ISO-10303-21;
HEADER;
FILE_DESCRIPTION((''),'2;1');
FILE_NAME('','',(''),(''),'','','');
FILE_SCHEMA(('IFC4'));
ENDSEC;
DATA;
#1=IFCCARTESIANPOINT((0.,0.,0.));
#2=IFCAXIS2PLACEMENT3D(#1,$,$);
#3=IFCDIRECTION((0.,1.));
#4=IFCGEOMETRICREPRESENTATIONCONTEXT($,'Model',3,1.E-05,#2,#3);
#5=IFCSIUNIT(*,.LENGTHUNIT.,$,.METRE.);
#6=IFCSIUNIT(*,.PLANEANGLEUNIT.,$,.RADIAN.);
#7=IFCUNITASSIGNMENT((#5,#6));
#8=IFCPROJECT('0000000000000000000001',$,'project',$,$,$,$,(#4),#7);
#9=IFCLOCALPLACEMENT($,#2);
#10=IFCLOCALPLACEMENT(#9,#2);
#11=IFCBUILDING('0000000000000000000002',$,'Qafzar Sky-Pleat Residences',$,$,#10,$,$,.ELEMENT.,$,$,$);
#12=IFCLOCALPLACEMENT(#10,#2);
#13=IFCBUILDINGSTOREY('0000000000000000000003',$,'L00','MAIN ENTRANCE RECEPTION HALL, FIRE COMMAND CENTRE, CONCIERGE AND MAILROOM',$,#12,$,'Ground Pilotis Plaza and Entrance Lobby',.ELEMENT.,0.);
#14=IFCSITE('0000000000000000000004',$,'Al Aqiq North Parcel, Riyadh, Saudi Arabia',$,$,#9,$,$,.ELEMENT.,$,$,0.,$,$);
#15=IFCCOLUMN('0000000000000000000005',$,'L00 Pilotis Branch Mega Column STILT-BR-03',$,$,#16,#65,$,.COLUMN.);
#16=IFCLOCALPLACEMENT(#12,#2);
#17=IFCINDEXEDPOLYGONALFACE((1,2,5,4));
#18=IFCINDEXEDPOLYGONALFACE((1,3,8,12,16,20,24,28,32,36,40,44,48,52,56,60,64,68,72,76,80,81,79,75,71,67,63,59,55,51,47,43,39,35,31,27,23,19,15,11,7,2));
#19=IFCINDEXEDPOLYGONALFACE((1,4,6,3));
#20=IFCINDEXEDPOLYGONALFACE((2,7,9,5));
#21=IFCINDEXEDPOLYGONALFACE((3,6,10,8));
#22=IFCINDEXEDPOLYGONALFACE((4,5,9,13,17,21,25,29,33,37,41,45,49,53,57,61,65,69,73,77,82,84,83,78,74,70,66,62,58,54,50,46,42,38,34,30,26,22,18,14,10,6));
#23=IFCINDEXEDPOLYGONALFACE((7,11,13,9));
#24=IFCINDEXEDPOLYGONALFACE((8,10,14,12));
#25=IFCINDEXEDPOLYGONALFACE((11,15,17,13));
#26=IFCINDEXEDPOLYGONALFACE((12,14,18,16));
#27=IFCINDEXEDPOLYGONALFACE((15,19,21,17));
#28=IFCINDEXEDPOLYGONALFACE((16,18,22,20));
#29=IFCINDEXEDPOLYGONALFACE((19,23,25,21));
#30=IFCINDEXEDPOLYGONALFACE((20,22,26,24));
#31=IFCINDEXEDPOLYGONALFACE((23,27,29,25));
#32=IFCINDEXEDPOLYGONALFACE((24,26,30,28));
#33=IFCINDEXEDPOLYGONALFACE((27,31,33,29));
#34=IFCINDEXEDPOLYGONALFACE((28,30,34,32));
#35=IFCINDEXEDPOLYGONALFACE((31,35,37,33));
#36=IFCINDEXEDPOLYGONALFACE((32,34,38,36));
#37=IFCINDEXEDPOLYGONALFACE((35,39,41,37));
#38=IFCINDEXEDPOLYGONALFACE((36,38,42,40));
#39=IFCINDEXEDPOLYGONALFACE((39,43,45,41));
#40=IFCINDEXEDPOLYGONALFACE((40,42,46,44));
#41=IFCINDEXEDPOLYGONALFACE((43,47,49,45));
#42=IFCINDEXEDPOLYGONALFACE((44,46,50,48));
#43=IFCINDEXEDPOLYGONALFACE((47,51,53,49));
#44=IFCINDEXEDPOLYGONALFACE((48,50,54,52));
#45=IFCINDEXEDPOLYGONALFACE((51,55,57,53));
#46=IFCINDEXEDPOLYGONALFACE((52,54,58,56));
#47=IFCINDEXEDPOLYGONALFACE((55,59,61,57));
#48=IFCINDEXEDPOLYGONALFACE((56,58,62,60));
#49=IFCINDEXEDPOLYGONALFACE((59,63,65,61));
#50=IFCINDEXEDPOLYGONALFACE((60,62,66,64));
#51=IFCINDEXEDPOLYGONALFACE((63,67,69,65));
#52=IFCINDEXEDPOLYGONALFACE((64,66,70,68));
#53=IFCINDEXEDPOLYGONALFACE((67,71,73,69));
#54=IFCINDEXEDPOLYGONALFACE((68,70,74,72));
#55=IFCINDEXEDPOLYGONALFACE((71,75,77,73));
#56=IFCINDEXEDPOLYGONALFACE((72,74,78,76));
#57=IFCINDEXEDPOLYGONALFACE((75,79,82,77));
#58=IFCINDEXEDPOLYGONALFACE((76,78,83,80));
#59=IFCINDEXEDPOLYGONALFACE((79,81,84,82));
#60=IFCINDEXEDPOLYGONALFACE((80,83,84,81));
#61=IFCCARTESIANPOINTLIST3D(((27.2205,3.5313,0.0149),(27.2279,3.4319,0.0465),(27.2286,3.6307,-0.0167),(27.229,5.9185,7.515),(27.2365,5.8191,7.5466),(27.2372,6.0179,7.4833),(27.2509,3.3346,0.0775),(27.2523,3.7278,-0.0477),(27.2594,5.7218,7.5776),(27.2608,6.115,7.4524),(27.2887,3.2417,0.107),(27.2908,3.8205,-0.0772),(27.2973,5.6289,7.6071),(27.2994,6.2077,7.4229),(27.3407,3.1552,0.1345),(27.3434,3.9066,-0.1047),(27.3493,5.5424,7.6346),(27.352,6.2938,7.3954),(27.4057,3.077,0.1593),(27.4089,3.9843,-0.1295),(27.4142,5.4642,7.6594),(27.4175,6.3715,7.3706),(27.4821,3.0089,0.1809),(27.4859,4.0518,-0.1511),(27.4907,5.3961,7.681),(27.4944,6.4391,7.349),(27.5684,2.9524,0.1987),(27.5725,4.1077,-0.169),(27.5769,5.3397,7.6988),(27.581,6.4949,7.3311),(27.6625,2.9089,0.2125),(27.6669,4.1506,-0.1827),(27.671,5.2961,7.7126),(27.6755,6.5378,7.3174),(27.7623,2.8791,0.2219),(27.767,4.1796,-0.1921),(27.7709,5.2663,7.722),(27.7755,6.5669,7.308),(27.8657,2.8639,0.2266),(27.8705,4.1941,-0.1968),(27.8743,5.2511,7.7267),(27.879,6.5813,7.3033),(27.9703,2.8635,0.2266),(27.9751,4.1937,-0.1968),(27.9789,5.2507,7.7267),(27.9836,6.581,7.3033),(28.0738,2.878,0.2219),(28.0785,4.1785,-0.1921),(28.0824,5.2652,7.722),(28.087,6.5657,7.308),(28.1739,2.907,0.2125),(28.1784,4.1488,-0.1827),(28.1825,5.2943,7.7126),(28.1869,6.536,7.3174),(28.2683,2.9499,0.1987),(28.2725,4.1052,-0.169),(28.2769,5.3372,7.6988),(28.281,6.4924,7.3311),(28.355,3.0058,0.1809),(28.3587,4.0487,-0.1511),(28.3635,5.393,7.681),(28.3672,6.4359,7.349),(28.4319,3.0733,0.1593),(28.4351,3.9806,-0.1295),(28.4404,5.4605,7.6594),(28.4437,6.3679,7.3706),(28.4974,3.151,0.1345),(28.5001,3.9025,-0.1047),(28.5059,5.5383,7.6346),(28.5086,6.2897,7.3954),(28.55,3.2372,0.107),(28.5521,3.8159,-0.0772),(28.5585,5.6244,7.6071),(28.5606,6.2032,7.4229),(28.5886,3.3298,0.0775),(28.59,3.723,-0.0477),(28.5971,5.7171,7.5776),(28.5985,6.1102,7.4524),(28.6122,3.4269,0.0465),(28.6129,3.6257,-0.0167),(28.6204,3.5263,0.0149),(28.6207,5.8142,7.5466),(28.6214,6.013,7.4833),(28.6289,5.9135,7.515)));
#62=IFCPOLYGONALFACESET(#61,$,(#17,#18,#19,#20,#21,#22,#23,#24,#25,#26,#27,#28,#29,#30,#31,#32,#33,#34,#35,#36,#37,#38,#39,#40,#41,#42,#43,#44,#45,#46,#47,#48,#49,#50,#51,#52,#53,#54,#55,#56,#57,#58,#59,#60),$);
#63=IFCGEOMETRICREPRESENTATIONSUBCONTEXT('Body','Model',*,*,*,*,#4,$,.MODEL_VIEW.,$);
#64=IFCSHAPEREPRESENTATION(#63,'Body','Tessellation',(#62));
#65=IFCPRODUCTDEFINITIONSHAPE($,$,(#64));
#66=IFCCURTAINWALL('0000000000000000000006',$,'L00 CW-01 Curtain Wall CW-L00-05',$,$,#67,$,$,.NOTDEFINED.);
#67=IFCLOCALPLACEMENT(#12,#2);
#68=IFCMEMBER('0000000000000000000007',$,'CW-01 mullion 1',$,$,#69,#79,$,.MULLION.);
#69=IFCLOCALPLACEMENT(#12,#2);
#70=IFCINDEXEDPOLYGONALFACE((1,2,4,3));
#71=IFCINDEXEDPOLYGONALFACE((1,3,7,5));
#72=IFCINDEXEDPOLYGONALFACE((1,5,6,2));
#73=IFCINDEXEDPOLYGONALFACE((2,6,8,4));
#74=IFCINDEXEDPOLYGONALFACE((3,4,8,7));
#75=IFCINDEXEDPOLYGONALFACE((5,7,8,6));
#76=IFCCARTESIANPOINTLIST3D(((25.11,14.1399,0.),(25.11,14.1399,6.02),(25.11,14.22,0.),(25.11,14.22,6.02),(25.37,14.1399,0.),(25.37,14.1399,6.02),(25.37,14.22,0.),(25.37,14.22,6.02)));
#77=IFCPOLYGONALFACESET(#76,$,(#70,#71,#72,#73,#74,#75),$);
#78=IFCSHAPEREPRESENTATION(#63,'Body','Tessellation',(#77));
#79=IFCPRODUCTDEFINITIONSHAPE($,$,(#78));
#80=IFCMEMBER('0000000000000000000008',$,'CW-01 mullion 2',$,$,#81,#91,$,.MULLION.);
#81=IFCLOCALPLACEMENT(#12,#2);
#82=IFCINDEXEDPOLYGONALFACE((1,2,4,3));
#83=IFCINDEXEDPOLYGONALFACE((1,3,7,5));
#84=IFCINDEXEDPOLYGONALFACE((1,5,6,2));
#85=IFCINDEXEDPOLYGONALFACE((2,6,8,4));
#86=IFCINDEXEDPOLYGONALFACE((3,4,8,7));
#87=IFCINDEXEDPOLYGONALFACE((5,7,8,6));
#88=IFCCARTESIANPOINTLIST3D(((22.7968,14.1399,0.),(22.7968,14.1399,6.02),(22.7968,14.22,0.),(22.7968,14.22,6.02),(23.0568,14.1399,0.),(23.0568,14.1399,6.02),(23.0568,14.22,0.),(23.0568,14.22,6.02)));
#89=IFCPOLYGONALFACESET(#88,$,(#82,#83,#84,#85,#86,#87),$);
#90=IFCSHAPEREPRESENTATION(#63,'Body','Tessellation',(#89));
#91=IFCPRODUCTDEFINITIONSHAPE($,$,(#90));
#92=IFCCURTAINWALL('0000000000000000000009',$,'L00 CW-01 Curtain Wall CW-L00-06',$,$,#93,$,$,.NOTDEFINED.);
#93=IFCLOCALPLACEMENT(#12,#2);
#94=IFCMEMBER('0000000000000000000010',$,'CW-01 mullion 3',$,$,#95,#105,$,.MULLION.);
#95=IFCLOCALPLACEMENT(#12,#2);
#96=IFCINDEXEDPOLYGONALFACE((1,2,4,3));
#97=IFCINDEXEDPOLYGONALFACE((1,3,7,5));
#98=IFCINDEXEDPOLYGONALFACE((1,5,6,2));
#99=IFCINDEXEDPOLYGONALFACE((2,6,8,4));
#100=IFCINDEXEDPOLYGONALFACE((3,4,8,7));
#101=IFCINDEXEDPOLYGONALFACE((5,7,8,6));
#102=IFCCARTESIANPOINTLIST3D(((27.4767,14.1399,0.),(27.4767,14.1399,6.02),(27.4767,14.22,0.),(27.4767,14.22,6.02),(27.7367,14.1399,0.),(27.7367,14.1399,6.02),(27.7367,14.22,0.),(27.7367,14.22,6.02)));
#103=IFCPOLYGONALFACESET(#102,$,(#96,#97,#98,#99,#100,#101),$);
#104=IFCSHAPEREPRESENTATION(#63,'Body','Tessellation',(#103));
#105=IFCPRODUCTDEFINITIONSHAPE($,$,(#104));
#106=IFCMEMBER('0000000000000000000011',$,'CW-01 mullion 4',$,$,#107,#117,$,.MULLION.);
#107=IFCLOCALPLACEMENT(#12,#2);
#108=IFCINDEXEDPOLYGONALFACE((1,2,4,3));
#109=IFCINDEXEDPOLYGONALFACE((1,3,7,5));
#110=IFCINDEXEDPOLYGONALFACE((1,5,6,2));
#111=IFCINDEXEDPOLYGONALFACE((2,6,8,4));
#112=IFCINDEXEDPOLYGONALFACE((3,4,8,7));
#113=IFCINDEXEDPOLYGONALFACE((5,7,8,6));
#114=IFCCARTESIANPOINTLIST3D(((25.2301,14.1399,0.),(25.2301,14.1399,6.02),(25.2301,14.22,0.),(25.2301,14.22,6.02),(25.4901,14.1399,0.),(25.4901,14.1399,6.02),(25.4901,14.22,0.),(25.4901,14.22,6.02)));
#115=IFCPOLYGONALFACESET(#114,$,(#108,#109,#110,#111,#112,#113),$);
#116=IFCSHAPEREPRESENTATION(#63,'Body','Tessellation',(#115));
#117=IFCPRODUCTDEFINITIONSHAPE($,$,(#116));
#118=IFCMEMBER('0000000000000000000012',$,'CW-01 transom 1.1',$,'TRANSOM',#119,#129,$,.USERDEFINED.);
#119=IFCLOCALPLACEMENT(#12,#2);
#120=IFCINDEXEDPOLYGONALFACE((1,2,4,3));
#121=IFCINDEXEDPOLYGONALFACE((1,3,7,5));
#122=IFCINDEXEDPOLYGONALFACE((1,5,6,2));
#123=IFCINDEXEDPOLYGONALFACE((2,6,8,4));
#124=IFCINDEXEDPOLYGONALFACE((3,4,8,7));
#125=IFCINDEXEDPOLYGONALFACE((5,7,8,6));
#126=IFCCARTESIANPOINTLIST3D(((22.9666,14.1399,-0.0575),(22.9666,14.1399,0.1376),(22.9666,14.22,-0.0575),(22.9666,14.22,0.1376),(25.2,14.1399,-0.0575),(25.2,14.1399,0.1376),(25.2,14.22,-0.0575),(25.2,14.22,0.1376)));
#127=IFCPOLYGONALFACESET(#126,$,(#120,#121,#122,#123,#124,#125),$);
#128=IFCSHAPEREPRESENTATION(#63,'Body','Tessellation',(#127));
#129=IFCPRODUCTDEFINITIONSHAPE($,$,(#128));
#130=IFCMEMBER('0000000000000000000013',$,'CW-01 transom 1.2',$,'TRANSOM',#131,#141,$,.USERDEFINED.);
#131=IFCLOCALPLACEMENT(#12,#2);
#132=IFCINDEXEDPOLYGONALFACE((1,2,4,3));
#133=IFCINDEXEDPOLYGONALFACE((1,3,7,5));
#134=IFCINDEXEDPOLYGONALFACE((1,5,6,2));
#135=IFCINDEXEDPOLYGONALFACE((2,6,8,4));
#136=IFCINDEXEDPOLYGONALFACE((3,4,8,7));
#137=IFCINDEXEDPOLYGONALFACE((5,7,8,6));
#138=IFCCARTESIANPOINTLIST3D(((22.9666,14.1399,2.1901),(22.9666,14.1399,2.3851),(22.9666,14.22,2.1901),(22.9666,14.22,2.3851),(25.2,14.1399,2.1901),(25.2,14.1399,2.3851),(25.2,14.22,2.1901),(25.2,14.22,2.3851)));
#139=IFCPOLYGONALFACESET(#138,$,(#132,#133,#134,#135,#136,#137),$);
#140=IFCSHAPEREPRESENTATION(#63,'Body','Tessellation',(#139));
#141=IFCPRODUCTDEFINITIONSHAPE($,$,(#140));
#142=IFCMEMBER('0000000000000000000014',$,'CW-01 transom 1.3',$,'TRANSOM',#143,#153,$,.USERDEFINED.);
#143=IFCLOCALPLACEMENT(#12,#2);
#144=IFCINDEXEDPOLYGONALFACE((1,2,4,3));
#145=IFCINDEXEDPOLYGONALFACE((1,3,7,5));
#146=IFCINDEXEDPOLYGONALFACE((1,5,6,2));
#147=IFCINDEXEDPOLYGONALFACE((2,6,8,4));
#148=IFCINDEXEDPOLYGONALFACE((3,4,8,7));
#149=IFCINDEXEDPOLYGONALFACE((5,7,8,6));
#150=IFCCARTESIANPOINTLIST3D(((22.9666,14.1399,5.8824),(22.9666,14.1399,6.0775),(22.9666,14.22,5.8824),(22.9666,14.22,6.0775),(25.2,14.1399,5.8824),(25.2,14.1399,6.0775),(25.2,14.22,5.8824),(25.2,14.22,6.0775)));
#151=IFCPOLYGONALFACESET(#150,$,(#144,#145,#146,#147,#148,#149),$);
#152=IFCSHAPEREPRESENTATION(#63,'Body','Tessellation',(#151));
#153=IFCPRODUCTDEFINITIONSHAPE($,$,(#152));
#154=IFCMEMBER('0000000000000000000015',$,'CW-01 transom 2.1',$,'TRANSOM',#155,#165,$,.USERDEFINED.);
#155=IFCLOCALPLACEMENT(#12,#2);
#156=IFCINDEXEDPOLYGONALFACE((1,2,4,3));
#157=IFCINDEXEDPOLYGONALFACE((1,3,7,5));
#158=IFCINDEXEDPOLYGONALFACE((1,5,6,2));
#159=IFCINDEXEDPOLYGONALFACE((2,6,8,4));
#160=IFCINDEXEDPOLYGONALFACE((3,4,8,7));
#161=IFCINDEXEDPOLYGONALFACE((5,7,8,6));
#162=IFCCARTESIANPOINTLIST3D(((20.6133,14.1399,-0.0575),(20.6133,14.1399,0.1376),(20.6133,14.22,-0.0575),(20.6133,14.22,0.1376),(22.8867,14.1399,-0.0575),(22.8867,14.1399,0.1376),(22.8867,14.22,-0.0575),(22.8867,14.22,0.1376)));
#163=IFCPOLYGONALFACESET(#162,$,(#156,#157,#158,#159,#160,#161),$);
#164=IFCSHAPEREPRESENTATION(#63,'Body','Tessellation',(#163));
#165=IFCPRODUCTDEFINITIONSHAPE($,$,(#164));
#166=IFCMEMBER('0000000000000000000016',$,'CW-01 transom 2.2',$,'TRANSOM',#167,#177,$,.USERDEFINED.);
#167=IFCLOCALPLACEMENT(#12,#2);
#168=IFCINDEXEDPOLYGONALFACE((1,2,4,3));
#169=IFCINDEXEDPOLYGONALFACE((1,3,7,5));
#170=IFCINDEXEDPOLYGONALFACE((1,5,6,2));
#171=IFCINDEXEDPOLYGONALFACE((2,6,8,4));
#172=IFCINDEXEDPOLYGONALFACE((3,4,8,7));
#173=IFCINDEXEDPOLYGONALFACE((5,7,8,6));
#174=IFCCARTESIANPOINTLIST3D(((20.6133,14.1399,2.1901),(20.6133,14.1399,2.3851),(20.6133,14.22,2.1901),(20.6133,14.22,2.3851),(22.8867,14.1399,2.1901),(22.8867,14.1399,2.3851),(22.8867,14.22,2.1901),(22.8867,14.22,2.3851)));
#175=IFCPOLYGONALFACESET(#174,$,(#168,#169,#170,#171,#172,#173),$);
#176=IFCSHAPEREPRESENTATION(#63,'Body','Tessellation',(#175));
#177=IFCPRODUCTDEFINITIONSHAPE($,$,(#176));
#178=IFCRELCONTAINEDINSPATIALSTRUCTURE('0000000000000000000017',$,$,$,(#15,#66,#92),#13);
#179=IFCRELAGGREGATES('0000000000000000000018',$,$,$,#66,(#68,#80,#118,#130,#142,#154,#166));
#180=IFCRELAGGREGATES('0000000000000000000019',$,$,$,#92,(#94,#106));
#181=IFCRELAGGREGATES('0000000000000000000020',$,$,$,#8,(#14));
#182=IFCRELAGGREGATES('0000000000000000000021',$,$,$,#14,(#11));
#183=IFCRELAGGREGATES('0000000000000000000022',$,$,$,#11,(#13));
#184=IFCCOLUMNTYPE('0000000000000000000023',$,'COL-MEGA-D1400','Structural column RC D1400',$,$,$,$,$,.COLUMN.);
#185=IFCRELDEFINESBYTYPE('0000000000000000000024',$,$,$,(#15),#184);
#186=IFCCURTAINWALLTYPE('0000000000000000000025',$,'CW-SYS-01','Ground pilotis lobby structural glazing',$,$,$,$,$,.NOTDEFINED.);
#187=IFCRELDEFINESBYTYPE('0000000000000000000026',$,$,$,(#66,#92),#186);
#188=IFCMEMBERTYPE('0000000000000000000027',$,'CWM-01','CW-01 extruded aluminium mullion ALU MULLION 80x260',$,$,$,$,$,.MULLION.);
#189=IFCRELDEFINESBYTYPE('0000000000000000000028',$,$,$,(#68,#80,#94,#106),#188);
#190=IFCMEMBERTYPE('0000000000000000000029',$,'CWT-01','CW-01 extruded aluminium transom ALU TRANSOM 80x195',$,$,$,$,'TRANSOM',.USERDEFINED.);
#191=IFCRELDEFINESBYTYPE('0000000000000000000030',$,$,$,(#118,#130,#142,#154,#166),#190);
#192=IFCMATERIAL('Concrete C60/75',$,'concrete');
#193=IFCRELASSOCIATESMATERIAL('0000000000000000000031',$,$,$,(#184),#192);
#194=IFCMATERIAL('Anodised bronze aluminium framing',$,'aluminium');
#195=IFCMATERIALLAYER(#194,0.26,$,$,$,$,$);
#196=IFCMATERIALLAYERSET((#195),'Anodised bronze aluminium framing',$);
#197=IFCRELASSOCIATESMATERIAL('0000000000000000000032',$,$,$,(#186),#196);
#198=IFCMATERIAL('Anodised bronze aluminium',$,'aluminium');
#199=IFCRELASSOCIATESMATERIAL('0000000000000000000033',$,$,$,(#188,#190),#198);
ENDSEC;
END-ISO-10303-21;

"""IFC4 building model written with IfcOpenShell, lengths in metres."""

from ifc_helpers import new_model, si_unit, direction, frame, origin, origin_2d, place, context, subcontext, project, spatial, rectangle, circle, extrude, source, transform, mapped, material, layer, layer_set, material_profile, profile_set, type_object, element, aggregate, save


model = new_model("IFC4")

# Units and contexts
model_context = context("Model", 3, precision=1e-05, world=origin(), true_north=direction((0.0, 1.0)))
body_context = subcontext(model_context, "Body", "Model", "MODEL_VIEW")
ifc_project = project(units=[si_unit("LENGTHUNIT", "METRE"), si_unit("PLANEANGLEUNIT", "RADIAN")], contexts=[model_context])

# Site, building, storey
site_placement = place(None, origin())
site = spatial("IfcSite", under=ifc_project, at=site_placement, Name="Al Aqiq North Parcel, Riyadh, Saudi Arabia", CompositionType="ELEMENT", RefElevation=0.0)
building_placement = place(site_placement, origin())
building = spatial("IfcBuilding", under=site, at=building_placement, Name="Qafzar Sky-Pleat Residences", CompositionType="ELEMENT")
storey_placement = place(building_placement, origin())
storey = spatial("IfcBuildingStorey", under=building, at=storey_placement, Name="L00", Description="MAIN ENTRANCE RECEPTION HALL, FIRE COMMAND CENTRE, CONCIERGE AND MAILROOM", LongName="Ground Pilotis Plaza and Entrance Lobby", CompositionType="ELEMENT", Elevation=0.0)

# Column
ifc_material_1 = material(Name="Concrete C60/75", Category="concrete")
ifc_material_profile_1 = material_profile(ifc_material_1, circle(Radius=0.7, at=origin_2d()), Name="RC D1400")
ifc_profile_set_1 = profile_set([ifc_material_profile_1], Name="Concrete C60/75")
column_type = type_object("IfcColumnType", Name="COL-MEGA-D1400", Description="Structural column RC D1400", PredefinedType="COLUMN", material=ifc_profile_set_1)
shared_shape_1 = source(origin(), body_context, "Body", "SweptSolid", [
    extrude(circle(Radius=0.7, at=origin_2d()), origin(), (0.0, 0.0, 1.0), 7.8708),
])
column_placement = place(storey_placement, frame((27.9204, 3.5288, 0.0149), z_axis=(0.001086, 0.303301, 0.952894), x_axis=(-0.999994, 0.003579, 0.0)))
element("IfcColumn", 1, at=column_placement, inside=storey, type_object=column_type, Name="L00 Pilotis Branch Mega Column STILT-BR-03", PredefinedType="COLUMN", context=body_context, shape_type="MappedRepresentation", body=[
    mapped(shared_shape_1, transform((0.0, 0.0, 0.0), x_axis=(1.0, 0.0, 0.0), y_axis=(0.0, 1.0, 0.0), z_axis=(0.0, 0.0, 1.0), scale=1.0)),
])

# Curtain walls, members
ifc_material_2 = material(Name="Anodised bronze aluminium framing", Category="aluminium")
ifc_layer_1 = layer(ifc_material_2, 0.26)
ifc_layer_set_1 = layer_set([ifc_layer_1], Name="Anodised bronze aluminium framing")
curtain_wall_type = type_object("IfcCurtainWallType", Name="CW-SYS-01", Description="Ground pilotis lobby structural glazing", PredefinedType="NOTDEFINED", material=ifc_layer_set_1)
curtain_wall_1_placement = place(storey_placement, origin())
curtain_wall_1 = element("IfcCurtainWall", 2, at=curtain_wall_1_placement, inside=storey, type_object=curtain_wall_type, Name="L00 CW-01 Curtain Wall CW-L00-05", PredefinedType="NOTDEFINED")
ifc_material_3 = material(Name="Anodised bronze aluminium", Category="aluminium")
ifc_material_profile_2 = material_profile(ifc_material_3, rectangle(XDim=0.0801, YDim=0.26, at=origin_2d()), Name="ALU MULLION 80x260")
ifc_profile_set_2 = profile_set([ifc_material_profile_2], Name="Anodised bronze aluminium")
member_type_1 = type_object("IfcMemberType", Name="CWM-01", Description="CW-01 extruded aluminium mullion ALU MULLION 80x260", PredefinedType="MULLION", material=ifc_profile_set_2)
shared_shape_2 = source(origin(), body_context, "Body", "SweptSolid", [
    extrude(rectangle(XDim=0.0801, YDim=0.26, at=origin_2d()), origin(), (0.0, 0.0, 1.0), 6.02),
])
member_1_placement = place(storey_placement, frame((25.24, 14.1799, 0.0), z_axis=(0.0, 0.0, 1.0), x_axis=(0.0, -1.0, 0.0)))
member_1 = element("IfcMember", 3, at=member_1_placement, type_object=member_type_1, Name="CW-01 mullion 1", PredefinedType="MULLION", context=body_context, shape_type="MappedRepresentation", body=[
    mapped(shared_shape_2, transform((0.0, 0.0, 0.0), x_axis=(1.0, 0.0, 0.0), y_axis=(0.0, 1.0, 0.0), z_axis=(0.0, 0.0, 1.0), scale=1.0)),
])
member_2_placement = place(storey_placement, frame((22.9268, 14.1799, 0.0), z_axis=(0.0, 0.0, 1.0), x_axis=(0.0, -1.0, 0.0)))
member_2 = element("IfcMember", 4, at=member_2_placement, type_object=member_type_1, Name="CW-01 mullion 2", PredefinedType="MULLION", context=body_context, shape_type="MappedRepresentation", body=[
    mapped(shared_shape_2, transform((0.0, 0.0, 0.0), x_axis=(1.0, 0.0, 0.0), y_axis=(0.0, 1.0, 0.0), z_axis=(0.0, 0.0, 1.0), scale=1.0)),
])
curtain_wall_2_placement = place(storey_placement, origin())
curtain_wall_2 = element("IfcCurtainWall", 5, at=curtain_wall_2_placement, inside=storey, type_object=curtain_wall_type, Name="L00 CW-01 Curtain Wall CW-L00-06", PredefinedType="NOTDEFINED")
member_3_placement = place(storey_placement, frame((27.6067, 14.1799, 0.0), z_axis=(0.0, 0.0, 1.0), x_axis=(0.0, -1.0, 0.0)))
member_3 = element("IfcMember", 6, at=member_3_placement, type_object=member_type_1, Name="CW-01 mullion 3", PredefinedType="MULLION", context=body_context, shape_type="MappedRepresentation", body=[
    mapped(shared_shape_2, transform((0.0, 0.0, 0.0), x_axis=(1.0, 0.0, 0.0), y_axis=(0.0, 1.0, 0.0), z_axis=(0.0, 0.0, 1.0), scale=1.0)),
])
member_4_placement = place(storey_placement, frame((25.3601, 14.1799, 0.0), z_axis=(0.0, 0.0, 1.0), x_axis=(0.0, -1.0, 0.0)))
member_4 = element("IfcMember", 7, at=member_4_placement, type_object=member_type_1, Name="CW-01 mullion 4", PredefinedType="MULLION", context=body_context, shape_type="MappedRepresentation", body=[
    mapped(shared_shape_2, transform((0.0, 0.0, 0.0), x_axis=(1.0, 0.0, 0.0), y_axis=(0.0, 1.0, 0.0), z_axis=(0.0, 0.0, 1.0), scale=1.0)),
])

# Members
ifc_material_profile_3 = material_profile(ifc_material_3, rectangle(XDim=0.0801, YDim=0.1951, at=origin_2d()), Name="ALU TRANSOM 80x195")
ifc_profile_set_3 = profile_set([ifc_material_profile_3], Name="Anodised bronze aluminium")
member_type_2 = type_object("IfcMemberType", Name="CWT-01", Description="CW-01 extruded aluminium transom ALU TRANSOM 80x195", ElementType="TRANSOM", PredefinedType="USERDEFINED", material=ifc_profile_set_3)
shared_shape_3 = source(origin(), body_context, "Body", "SweptSolid", [
    extrude(rectangle(XDim=0.0801, YDim=0.1951, at=origin_2d()), origin(), (0.0, 0.0, 1.0), 2.2334),
])
member_5_placement = place(storey_placement, frame((25.2, 14.1799, 0.04), z_axis=(-1.0, 0.0, 0.0), x_axis=(0.0, -1.0, 0.0)))
member_5 = element("IfcMember", 8, at=member_5_placement, type_object=member_type_2, Name="CW-01 transom 1.1", ObjectType="TRANSOM", PredefinedType="USERDEFINED", context=body_context, shape_type="MappedRepresentation", body=[
    mapped(shared_shape_3, transform((0.0, 0.0, 0.0), x_axis=(1.0, 0.0, 0.0), y_axis=(0.0, 1.0, 0.0), z_axis=(0.0, 0.0, 1.0), scale=1.0)),
])
member_6_placement = place(storey_placement, frame((25.2, 14.1799, 2.2876), z_axis=(-1.0, 0.0, 0.0), x_axis=(0.0, -1.0, 0.0)))
member_6 = element("IfcMember", 9, at=member_6_placement, type_object=member_type_2, Name="CW-01 transom 1.2", ObjectType="TRANSOM", PredefinedType="USERDEFINED", context=body_context, shape_type="MappedRepresentation", body=[
    mapped(shared_shape_3, transform((0.0, 0.0, 0.0), x_axis=(1.0, 0.0, 0.0), y_axis=(0.0, 1.0, 0.0), z_axis=(0.0, 0.0, 1.0), scale=1.0)),
])
member_7_placement = place(storey_placement, frame((25.2, 14.1799, 5.98), z_axis=(-1.0, 0.0, 0.0), x_axis=(0.0, -1.0, 0.0)))
member_7 = element("IfcMember", 10, at=member_7_placement, type_object=member_type_2, Name="CW-01 transom 1.3", ObjectType="TRANSOM", PredefinedType="USERDEFINED", context=body_context, shape_type="MappedRepresentation", body=[
    mapped(shared_shape_3, transform((0.0, 0.0, 0.0), x_axis=(1.0, 0.0, 0.0), y_axis=(0.0, 1.0, 0.0), z_axis=(0.0, 0.0, 1.0), scale=1.0)),
])
shared_shape_4 = source(origin(), body_context, "Body", "SweptSolid", [
    extrude(rectangle(XDim=0.0801, YDim=0.1951, at=origin_2d()), origin(), (0.0, 0.0, 1.0), 2.2734),
])
member_8_placement = place(storey_placement, frame((22.8867, 14.1799, 0.04), z_axis=(-1.0, 0.0, 0.0), x_axis=(0.0, -1.0, 0.0)))
member_8 = element("IfcMember", 11, at=member_8_placement, type_object=member_type_2, Name="CW-01 transom 2.1", ObjectType="TRANSOM", PredefinedType="USERDEFINED", context=body_context, shape_type="MappedRepresentation", body=[
    mapped(shared_shape_4, transform((0.0, 0.0, 0.0), x_axis=(1.0, 0.0, 0.0), y_axis=(0.0, 1.0, 0.0), z_axis=(0.0, 0.0, 1.0), scale=1.0)),
])
member_9_placement = place(storey_placement, frame((22.8867, 14.1799, 2.2876), z_axis=(-1.0, 0.0, 0.0), x_axis=(0.0, -1.0, 0.0)))
member_9 = element("IfcMember", 12, at=member_9_placement, type_object=member_type_2, Name="CW-01 transom 2.2", ObjectType="TRANSOM", PredefinedType="USERDEFINED", context=body_context, shape_type="MappedRepresentation", body=[
    mapped(shared_shape_4, transform((0.0, 0.0, 0.0), x_axis=(1.0, 0.0, 0.0), y_axis=(0.0, 1.0, 0.0), z_axis=(0.0, 0.0, 1.0), scale=1.0)),
])

aggregate(curtain_wall_1, [member_1, member_2, member_5, member_6, member_7, member_8, member_9])
aggregate(curtain_wall_2, [member_3, member_4])

save(model, "model.ifc")
